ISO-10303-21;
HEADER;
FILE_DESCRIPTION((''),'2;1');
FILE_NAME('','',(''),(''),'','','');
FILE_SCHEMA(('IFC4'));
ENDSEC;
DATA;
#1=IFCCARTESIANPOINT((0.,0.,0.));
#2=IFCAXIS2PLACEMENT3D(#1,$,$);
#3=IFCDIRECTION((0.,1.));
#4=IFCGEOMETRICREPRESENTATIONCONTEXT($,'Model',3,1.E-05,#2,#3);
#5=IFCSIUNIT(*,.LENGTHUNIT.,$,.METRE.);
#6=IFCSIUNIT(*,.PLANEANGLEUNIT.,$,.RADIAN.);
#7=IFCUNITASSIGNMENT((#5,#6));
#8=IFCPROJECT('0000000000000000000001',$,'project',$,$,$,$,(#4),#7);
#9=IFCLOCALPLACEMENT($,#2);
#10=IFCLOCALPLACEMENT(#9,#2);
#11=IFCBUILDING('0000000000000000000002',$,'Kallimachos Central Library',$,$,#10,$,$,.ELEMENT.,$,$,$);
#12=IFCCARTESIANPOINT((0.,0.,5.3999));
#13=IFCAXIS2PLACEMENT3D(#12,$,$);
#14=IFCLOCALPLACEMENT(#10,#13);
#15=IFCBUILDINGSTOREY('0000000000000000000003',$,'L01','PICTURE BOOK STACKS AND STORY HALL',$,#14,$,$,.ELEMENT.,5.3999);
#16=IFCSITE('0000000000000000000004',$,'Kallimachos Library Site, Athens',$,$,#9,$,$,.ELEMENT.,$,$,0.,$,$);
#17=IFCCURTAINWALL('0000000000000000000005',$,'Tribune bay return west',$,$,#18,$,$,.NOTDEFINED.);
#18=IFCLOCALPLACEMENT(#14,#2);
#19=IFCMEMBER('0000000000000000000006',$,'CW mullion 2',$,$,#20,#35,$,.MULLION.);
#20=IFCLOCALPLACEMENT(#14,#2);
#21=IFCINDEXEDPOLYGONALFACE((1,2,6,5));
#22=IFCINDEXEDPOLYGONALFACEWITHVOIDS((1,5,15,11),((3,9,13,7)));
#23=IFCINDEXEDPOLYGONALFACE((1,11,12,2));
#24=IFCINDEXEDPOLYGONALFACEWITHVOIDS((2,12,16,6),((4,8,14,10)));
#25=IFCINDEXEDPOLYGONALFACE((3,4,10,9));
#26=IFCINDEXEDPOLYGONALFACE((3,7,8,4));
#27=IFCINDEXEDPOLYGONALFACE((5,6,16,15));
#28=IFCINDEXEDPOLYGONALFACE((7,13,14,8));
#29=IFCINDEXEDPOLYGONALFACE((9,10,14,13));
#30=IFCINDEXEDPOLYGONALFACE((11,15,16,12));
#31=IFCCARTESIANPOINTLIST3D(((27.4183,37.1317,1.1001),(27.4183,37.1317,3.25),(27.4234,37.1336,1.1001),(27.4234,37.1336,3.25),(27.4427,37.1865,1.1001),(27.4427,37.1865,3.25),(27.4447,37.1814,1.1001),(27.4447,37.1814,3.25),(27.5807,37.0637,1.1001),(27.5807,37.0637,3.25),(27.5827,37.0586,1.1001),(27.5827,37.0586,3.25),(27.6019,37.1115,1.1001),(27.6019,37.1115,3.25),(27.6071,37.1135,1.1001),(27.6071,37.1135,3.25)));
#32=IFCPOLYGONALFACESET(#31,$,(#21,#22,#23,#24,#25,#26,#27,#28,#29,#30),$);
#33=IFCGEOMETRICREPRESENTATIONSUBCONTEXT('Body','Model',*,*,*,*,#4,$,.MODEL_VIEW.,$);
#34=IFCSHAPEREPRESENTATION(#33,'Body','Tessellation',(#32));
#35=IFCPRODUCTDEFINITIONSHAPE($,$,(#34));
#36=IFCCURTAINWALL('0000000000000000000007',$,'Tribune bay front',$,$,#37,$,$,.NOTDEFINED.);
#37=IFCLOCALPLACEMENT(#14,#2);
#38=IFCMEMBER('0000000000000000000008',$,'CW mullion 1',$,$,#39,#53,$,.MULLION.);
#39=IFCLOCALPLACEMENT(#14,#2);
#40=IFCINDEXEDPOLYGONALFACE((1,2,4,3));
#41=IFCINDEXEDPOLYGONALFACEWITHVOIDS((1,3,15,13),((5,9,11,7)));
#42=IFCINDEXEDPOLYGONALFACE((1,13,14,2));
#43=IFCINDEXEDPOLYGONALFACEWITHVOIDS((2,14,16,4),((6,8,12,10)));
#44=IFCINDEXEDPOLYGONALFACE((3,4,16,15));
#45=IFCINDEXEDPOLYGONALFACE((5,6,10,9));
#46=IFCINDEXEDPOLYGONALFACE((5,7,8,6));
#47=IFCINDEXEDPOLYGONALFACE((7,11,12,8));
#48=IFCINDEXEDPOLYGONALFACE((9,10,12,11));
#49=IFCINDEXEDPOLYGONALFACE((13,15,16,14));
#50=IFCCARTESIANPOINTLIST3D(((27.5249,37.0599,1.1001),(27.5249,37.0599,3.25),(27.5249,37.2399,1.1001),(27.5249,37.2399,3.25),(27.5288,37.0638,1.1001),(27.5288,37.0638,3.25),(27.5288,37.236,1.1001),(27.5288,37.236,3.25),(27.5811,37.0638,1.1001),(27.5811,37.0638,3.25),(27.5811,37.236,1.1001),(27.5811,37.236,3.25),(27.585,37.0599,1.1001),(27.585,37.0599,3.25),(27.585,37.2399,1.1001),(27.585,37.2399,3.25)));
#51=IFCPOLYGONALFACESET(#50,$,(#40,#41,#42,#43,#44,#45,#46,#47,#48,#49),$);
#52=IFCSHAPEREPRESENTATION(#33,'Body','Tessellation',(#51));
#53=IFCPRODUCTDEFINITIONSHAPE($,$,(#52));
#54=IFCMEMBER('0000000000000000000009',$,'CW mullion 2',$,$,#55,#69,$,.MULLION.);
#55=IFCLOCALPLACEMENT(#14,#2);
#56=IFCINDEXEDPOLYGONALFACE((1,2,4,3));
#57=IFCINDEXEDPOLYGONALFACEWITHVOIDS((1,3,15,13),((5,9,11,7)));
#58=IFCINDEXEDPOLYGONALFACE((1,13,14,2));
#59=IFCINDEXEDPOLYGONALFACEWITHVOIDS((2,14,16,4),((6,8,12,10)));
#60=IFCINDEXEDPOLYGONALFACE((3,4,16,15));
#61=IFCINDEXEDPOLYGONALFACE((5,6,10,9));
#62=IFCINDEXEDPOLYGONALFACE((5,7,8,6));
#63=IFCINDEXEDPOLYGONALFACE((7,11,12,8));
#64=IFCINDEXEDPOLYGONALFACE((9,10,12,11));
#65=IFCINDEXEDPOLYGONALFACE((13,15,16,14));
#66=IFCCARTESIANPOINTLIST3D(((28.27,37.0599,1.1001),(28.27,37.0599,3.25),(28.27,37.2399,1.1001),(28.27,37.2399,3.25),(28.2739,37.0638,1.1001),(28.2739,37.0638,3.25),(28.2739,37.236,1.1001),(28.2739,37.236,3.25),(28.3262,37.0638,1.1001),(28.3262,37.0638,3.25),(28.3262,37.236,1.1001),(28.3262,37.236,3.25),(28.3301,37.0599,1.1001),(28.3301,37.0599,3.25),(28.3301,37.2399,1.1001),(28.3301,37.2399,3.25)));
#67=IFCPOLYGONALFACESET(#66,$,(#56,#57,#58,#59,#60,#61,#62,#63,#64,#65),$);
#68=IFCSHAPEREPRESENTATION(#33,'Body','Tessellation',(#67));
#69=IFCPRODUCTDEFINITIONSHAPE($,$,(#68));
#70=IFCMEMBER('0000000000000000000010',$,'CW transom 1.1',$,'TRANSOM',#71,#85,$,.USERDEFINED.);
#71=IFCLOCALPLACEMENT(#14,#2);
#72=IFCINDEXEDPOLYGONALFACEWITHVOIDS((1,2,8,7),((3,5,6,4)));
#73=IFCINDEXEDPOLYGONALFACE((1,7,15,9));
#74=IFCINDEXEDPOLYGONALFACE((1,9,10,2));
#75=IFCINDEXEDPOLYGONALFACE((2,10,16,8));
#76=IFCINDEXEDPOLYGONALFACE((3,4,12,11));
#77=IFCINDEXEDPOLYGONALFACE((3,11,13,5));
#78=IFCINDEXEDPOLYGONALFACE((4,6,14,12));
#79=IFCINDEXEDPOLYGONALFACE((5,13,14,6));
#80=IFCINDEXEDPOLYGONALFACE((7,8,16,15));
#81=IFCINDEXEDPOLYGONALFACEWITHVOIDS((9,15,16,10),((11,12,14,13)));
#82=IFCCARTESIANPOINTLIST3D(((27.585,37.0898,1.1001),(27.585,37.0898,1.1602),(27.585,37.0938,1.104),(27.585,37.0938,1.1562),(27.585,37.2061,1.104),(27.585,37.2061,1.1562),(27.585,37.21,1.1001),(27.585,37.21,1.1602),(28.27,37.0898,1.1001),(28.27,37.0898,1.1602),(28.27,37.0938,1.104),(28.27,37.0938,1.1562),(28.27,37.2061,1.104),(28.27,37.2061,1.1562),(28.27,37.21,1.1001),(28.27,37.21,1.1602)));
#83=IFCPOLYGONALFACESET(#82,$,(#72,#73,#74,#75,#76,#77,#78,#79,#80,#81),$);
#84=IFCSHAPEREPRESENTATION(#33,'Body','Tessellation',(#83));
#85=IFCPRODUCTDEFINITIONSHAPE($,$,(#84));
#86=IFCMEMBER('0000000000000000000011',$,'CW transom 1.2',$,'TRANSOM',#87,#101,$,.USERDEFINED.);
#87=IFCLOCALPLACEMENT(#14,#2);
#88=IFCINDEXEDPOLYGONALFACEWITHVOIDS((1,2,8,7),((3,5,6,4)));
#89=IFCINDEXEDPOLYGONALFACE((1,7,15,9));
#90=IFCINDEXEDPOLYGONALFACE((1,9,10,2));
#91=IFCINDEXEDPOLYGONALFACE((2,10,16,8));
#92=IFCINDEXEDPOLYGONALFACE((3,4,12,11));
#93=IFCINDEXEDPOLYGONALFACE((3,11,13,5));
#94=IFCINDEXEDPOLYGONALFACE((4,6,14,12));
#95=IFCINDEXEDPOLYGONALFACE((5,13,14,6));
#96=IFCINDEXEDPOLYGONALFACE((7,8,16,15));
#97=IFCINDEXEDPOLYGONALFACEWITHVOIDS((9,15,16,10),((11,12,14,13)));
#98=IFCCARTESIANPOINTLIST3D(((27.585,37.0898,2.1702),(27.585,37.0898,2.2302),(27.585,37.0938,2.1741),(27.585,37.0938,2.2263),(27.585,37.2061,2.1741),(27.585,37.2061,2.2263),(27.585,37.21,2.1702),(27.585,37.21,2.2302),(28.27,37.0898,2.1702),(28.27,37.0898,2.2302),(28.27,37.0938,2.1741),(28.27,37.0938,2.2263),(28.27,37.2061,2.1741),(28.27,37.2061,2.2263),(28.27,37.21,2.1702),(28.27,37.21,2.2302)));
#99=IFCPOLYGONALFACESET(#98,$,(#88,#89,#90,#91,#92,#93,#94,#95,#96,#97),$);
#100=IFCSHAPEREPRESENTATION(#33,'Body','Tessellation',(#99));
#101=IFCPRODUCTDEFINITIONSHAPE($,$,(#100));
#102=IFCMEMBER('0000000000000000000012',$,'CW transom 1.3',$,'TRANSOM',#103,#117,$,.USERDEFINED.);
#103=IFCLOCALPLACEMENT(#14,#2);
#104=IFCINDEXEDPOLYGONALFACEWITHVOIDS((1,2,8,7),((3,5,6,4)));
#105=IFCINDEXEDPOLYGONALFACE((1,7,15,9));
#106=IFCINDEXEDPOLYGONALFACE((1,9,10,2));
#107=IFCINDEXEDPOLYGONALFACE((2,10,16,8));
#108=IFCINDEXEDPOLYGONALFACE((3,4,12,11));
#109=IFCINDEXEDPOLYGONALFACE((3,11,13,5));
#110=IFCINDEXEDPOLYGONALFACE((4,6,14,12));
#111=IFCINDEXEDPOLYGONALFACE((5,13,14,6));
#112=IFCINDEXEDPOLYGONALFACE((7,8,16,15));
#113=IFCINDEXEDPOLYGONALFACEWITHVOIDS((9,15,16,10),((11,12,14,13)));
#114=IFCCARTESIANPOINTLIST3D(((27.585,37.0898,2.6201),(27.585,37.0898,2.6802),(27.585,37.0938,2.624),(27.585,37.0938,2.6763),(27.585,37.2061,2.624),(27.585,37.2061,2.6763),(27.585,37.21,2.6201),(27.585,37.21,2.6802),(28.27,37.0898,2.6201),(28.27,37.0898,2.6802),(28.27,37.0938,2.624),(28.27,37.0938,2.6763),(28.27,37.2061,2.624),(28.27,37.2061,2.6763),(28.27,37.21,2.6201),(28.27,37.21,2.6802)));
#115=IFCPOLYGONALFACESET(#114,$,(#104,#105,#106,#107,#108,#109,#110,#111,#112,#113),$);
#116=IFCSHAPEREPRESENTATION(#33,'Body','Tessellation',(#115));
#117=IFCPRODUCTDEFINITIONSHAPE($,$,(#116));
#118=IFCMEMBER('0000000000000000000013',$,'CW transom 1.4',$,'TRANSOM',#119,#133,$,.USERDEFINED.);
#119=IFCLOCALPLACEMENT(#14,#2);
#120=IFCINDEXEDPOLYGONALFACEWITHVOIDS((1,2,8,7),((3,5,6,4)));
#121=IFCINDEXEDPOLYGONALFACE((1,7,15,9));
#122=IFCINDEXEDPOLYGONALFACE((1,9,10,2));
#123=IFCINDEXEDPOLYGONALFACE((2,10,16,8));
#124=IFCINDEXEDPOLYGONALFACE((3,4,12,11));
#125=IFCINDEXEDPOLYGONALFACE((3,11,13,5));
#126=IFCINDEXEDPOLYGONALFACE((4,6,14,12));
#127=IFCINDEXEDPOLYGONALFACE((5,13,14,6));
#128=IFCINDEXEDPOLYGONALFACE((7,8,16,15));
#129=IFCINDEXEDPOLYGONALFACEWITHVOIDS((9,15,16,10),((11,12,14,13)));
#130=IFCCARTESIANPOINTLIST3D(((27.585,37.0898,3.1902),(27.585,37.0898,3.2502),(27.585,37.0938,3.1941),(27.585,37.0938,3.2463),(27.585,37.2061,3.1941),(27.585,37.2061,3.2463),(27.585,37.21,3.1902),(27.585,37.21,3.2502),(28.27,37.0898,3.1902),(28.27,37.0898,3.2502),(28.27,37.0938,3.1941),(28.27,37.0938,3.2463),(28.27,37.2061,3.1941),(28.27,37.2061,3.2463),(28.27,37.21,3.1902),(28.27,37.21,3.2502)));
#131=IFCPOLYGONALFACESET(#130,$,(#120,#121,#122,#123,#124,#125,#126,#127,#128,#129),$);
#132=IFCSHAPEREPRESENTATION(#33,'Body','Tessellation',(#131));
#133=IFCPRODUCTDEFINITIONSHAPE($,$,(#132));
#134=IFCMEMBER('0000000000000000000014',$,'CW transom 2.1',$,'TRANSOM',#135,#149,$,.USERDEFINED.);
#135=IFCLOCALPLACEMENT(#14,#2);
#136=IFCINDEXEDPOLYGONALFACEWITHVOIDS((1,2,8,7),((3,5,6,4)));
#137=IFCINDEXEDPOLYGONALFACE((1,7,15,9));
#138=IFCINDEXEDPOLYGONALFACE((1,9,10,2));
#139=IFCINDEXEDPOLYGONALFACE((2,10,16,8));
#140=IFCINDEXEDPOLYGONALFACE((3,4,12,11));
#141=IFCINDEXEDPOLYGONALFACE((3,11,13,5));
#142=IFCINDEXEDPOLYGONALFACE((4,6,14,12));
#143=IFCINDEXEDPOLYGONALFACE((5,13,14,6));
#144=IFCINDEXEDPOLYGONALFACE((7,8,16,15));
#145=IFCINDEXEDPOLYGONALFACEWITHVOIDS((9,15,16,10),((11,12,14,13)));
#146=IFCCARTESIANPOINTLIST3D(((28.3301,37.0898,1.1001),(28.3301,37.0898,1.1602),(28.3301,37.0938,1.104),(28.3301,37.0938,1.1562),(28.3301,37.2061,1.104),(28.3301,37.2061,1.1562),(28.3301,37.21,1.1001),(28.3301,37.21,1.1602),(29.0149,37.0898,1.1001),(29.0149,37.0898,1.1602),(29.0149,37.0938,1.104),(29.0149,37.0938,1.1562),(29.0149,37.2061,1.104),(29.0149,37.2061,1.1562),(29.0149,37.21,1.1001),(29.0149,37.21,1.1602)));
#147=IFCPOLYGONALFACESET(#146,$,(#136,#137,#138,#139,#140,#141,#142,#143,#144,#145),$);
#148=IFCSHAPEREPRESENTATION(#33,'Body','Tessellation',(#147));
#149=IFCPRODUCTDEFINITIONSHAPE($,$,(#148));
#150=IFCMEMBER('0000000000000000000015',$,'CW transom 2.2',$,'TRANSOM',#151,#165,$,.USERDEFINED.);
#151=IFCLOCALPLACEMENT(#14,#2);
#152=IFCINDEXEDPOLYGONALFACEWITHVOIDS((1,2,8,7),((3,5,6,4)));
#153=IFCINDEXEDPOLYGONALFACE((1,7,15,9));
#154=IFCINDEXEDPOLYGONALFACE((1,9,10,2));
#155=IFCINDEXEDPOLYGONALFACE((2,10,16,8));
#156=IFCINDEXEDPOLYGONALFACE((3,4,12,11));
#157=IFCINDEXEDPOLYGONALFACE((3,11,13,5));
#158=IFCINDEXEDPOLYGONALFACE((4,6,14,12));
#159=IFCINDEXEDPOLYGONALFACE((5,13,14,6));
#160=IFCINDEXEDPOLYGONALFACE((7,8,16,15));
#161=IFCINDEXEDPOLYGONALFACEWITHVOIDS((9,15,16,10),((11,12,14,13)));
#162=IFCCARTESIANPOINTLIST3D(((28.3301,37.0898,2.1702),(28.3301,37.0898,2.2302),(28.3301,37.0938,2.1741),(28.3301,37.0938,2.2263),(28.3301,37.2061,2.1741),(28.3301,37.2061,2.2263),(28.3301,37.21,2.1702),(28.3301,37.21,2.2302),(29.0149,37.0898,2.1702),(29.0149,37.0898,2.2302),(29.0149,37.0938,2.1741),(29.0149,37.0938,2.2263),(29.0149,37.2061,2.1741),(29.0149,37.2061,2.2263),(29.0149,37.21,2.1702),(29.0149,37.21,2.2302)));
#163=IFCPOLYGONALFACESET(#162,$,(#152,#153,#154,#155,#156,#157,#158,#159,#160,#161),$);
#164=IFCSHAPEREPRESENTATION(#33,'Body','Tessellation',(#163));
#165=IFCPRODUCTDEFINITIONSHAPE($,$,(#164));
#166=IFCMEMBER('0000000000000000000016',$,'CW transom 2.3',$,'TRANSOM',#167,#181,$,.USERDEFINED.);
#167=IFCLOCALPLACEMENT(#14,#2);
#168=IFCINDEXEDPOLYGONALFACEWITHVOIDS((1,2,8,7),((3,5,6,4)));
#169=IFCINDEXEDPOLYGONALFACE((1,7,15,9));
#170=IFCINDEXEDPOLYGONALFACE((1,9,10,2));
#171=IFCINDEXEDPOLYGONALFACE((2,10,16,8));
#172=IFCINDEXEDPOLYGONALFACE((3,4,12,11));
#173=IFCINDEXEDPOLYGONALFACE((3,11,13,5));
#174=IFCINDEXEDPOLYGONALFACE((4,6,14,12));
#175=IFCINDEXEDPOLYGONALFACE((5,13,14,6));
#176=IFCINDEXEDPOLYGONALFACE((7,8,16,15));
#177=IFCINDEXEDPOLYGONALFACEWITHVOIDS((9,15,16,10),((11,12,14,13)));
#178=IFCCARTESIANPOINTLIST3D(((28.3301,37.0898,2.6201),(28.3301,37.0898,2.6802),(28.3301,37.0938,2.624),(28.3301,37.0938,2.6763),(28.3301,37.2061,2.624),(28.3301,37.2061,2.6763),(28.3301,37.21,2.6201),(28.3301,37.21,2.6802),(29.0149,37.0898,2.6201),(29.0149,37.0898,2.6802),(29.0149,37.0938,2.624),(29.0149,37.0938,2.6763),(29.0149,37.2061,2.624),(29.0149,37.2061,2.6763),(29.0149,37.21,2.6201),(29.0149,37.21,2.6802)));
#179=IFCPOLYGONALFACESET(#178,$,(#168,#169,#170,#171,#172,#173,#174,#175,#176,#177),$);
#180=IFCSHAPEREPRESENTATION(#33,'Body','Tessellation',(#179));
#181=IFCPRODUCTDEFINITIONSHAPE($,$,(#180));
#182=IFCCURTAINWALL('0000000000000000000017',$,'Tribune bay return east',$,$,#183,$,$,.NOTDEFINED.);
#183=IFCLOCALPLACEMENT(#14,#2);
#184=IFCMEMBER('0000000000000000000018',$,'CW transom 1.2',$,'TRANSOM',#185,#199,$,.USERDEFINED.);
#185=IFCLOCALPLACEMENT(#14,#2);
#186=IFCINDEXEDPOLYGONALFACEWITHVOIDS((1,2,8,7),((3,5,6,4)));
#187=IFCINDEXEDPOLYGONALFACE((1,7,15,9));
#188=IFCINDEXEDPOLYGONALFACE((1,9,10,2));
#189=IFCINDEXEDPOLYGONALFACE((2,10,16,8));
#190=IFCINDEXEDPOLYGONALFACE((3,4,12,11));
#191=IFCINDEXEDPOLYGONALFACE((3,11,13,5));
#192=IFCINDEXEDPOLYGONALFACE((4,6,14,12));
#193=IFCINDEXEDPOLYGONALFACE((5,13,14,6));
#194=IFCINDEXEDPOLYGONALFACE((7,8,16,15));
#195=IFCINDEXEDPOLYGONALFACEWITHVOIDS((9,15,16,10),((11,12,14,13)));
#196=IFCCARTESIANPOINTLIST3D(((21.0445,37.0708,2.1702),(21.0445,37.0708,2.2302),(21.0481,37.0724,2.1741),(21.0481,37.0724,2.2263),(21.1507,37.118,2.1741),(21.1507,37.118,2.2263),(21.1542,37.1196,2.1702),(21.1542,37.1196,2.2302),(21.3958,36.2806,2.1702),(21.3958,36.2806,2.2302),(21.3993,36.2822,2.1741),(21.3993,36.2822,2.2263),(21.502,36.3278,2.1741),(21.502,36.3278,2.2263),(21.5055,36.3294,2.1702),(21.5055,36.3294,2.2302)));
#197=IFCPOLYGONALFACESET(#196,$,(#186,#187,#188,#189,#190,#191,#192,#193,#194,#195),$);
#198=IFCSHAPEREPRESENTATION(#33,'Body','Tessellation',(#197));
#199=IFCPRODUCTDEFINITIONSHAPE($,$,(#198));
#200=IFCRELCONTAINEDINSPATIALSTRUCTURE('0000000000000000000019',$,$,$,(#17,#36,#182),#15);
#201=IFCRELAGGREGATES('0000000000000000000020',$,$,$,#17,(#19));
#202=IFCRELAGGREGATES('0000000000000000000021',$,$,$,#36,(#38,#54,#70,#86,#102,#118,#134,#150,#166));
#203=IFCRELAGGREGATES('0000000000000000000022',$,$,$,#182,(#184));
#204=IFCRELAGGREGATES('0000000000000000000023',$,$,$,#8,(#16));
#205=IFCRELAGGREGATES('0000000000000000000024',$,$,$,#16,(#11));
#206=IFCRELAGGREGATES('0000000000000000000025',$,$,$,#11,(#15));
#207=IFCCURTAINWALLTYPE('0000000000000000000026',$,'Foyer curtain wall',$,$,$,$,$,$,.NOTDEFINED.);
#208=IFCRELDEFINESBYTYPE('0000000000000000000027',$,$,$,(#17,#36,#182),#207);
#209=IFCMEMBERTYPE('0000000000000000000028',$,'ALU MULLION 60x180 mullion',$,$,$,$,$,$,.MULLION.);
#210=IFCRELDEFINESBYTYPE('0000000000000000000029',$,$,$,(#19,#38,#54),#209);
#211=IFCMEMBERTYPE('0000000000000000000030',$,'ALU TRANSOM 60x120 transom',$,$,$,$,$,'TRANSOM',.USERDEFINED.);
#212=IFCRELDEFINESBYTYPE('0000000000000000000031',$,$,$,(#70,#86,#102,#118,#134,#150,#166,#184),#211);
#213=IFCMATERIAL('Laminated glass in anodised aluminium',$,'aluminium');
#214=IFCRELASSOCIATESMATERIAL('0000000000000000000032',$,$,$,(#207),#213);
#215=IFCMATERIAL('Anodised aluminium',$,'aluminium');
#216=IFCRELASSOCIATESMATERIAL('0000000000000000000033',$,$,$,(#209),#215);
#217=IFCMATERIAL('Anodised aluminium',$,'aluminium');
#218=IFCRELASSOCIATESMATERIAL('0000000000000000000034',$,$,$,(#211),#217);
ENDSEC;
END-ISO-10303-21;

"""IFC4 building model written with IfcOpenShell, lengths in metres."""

from ifc_helpers import new_model, si_unit, direction, frame, origin, origin_2d, place, context, subcontext, project, spatial, hollow_rectangle, extrude, material, material_profile, profile_set, type_object, element, aggregate, save


model = new_model("IFC4")

# Units and contexts
model_context = context("Model", 3, precision=1e-05, world=origin(), true_north=direction((0.0, 1.0)))
body_context = subcontext(model_context, "Body", "Model", "MODEL_VIEW")
ifc_project = project(units=[si_unit("LENGTHUNIT", "METRE"), si_unit("PLANEANGLEUNIT", "RADIAN")], contexts=[model_context])

# Site, building, storey
site_placement = place(None, origin())
site = spatial("IfcSite", under=ifc_project, at=site_placement, Name="Kallimachos Library Site, Athens", CompositionType="ELEMENT", RefElevation=0.0)
building_placement = place(site_placement, origin())
building = spatial("IfcBuilding", under=site, at=building_placement, Name="Kallimachos Central Library", CompositionType="ELEMENT")
storey_placement = place(building_placement, frame((0.0, 0.0, 5.3999)))
storey = spatial("IfcBuildingStorey", under=building, at=storey_placement, Name="L01", Description="PICTURE BOOK STACKS AND STORY HALL", CompositionType="ELEMENT", Elevation=5.3999)

# Curtain wall, member
ifc_material_1 = material(Name="Laminated glass in anodised aluminium", Category="aluminium")
curtain_wall_type = type_object("IfcCurtainWallType", Name="Foyer curtain wall", PredefinedType="NOTDEFINED", material=ifc_material_1)
curtain_wall_1_placement = place(storey_placement, origin())
curtain_wall_1 = element("IfcCurtainWall", 1, at=curtain_wall_1_placement, inside=storey, type_object=curtain_wall_type, Name="Tribune bay return west", PredefinedType="NOTDEFINED")
ifc_material_2 = material(Name="Anodised aluminium", Category="aluminium")
ifc_material_profile_1 = material_profile(ifc_material_2, hollow_rectangle(XDim=0.0601, YDim=0.1799, WallThickness=0.0039, at=origin_2d()), Name="ALU MULLION 60x180")
ifc_profile_set_1 = profile_set([ifc_material_profile_1], Name="Anodised aluminium")
member_type_1 = type_object("IfcMemberType", Name="ALU MULLION 60x180 mullion", PredefinedType="MULLION", material=ifc_profile_set_1)
member_1_placement = place(storey_placement, frame((27.5127, 37.1226, 1.1001), z_axis=(0.0, 0.0, 1.0), x_axis=(0.406138, 0.913812, 0.0)))
member_1 = element("IfcMember", 2, at=member_1_placement, type_object=member_type_1, Name="CW mullion 2", PredefinedType="MULLION", context=body_context, shape_type="SweptSolid", body=[
    extrude(hollow_rectangle(XDim=0.0601, YDim=0.1799, WallThickness=0.0039, at=origin_2d()), origin(), (0.0, 0.0, 1.0), 2.1499),
])

# Curtain walls, members
curtain_wall_2_placement = place(storey_placement, origin())
curtain_wall_2 = element("IfcCurtainWall", 3, at=curtain_wall_2_placement, inside=storey, type_object=curtain_wall_type, Name="Tribune bay front", PredefinedType="NOTDEFINED")
member_2_placement = place(storey_placement, frame((27.5549, 37.1499, 1.1001), z_axis=(0.0, 0.0, 1.0), x_axis=(1.0, 0.0, 0.0)))
member_2 = element("IfcMember", 4, at=member_2_placement, type_object=member_type_1, Name="CW mullion 1", PredefinedType="MULLION", context=body_context, shape_type="SweptSolid", body=[
    extrude(hollow_rectangle(XDim=0.0601, YDim=0.1799, WallThickness=0.0039, at=origin_2d()), origin(), (0.0, 0.0, 1.0), 2.1499),
])
member_3_placement = place(storey_placement, frame((28.3, 37.1499, 1.1001), z_axis=(0.0, 0.0, 1.0), x_axis=(1.0, 0.0, 0.0)))
member_3 = element("IfcMember", 5, at=member_3_placement, type_object=member_type_1, Name="CW mullion 2", PredefinedType="MULLION", context=body_context, shape_type="SweptSolid", body=[
    extrude(hollow_rectangle(XDim=0.0601, YDim=0.1799, WallThickness=0.0039, at=origin_2d()), origin(), (0.0, 0.0, 1.0), 2.1499),
])
ifc_material_3 = material(Name="Anodised aluminium", Category="aluminium")
ifc_material_profile_2 = material_profile(ifc_material_3, hollow_rectangle(XDim=0.0601, YDim=0.1201, WallThickness=0.0039, at=origin_2d()), Name="ALU TRANSOM 60x120")
ifc_profile_set_2 = profile_set([ifc_material_profile_2], Name="Anodised aluminium")
member_type_2 = type_object("IfcMemberType", Name="ALU TRANSOM 60x120 transom", ElementType="TRANSOM", PredefinedType="USERDEFINED", material=ifc_profile_set_2)
member_4_placement = place(storey_placement, frame((27.585, 37.1499, 1.1301), z_axis=(1.0, 0.0, 0.0), x_axis=(0.0, 0.0, 1.0)))
member_4 = element("IfcMember", 6, at=member_4_placement, type_object=member_type_2, Name="CW transom 1.1", ObjectType="TRANSOM", PredefinedType="USERDEFINED", context=body_context, shape_type="SweptSolid", body=[
    extrude(hollow_rectangle(XDim=0.0601, YDim=0.1201, WallThickness=0.0039, at=origin_2d()), origin(), (0.0, 0.0, 1.0), 0.6851),
])
member_5_placement = place(storey_placement, frame((27.585, 37.1499, 2.2002), z_axis=(1.0, 0.0, 0.0), x_axis=(0.0, 0.0, 1.0)))
member_5 = element("IfcMember", 7, at=member_5_placement, type_object=member_type_2, Name="CW transom 1.2", ObjectType="TRANSOM", PredefinedType="USERDEFINED", context=body_context, shape_type="SweptSolid", body=[
    extrude(hollow_rectangle(XDim=0.0601, YDim=0.1201, WallThickness=0.0039, at=origin_2d()), origin(), (0.0, 0.0, 1.0), 0.6851),
])
member_6_placement = place(storey_placement, frame((27.585, 37.1499, 2.6501), z_axis=(1.0, 0.0, 0.0), x_axis=(0.0, 0.0, 1.0)))
member_6 = element("IfcMember", 8, at=member_6_placement, type_object=member_type_2, Name="CW transom 1.3", ObjectType="TRANSOM", PredefinedType="USERDEFINED", context=body_context, shape_type="SweptSolid", body=[
    extrude(hollow_rectangle(XDim=0.0601, YDim=0.1201, WallThickness=0.0039, at=origin_2d()), origin(), (0.0, 0.0, 1.0), 0.6851),
])
member_7_placement = place(storey_placement, frame((27.585, 37.1499, 3.2202), z_axis=(1.0, 0.0, 0.0), x_axis=(0.0, 0.0, 1.0)))
member_7 = element("IfcMember", 9, at=member_7_placement, type_object=member_type_2, Name="CW transom 1.4", ObjectType="TRANSOM", PredefinedType="USERDEFINED", context=body_context, shape_type="SweptSolid", body=[
    extrude(hollow_rectangle(XDim=0.0601, YDim=0.1201, WallThickness=0.0039, at=origin_2d()), origin(), (0.0, 0.0, 1.0), 0.6851),
])
member_8_placement = place(storey_placement, frame((28.3301, 37.1499, 1.1301), z_axis=(1.0, 0.0, 0.0), x_axis=(0.0, 0.0, 1.0)))
member_8 = element("IfcMember", 10, at=member_8_placement, type_object=member_type_2, Name="CW transom 2.1", ObjectType="TRANSOM", PredefinedType="USERDEFINED", context=body_context, shape_type="SweptSolid", body=[
    extrude(hollow_rectangle(XDim=0.0601, YDim=0.1201, WallThickness=0.0039, at=origin_2d()), origin(), (0.0, 0.0, 1.0), 0.6848),
])
member_9_placement = place(storey_placement, frame((28.3301, 37.1499, 2.2002), z_axis=(1.0, 0.0, 0.0), x_axis=(0.0, 0.0, 1.0)))
member_9 = element("IfcMember", 11, at=member_9_placement, type_object=member_type_2, Name="CW transom 2.2", ObjectType="TRANSOM", PredefinedType="USERDEFINED", context=body_context, shape_type="SweptSolid", body=[
    extrude(hollow_rectangle(XDim=0.0601, YDim=0.1201, WallThickness=0.0039, at=origin_2d()), origin(), (0.0, 0.0, 1.0), 0.6848),
])
member_10_placement = place(storey_placement, frame((28.3301, 37.1499, 2.6501), z_axis=(1.0, 0.0, 0.0), x_axis=(0.0, 0.0, 1.0)))
member_10 = element("IfcMember", 12, at=member_10_placement, type_object=member_type_2, Name="CW transom 2.3", ObjectType="TRANSOM", PredefinedType="USERDEFINED", context=body_context, shape_type="SweptSolid", body=[
    extrude(hollow_rectangle(XDim=0.0601, YDim=0.1201, WallThickness=0.0039, at=origin_2d()), origin(), (0.0, 0.0, 1.0), 0.6848),
])
curtain_wall_3_placement = place(storey_placement, origin())
curtain_wall_3 = element("IfcCurtainWall", 13, at=curtain_wall_3_placement, inside=storey, type_object=curtain_wall_type, Name="Tribune bay return east", PredefinedType="NOTDEFINED")
member_11_placement = place(storey_placement, frame((21.0994, 37.0952, 2.2002), z_axis=(0.406217, -0.913777, 0.0), x_axis=(0.0, 0.0, 1.0)))
member_11 = element("IfcMember", 14, at=member_11_placement, type_object=member_type_2, Name="CW transom 1.2", ObjectType="TRANSOM", PredefinedType="USERDEFINED", context=body_context, shape_type="SweptSolid", body=[
    extrude(hollow_rectangle(XDim=0.0601, YDim=0.1201, WallThickness=0.0039, at=origin_2d()), origin(), (0.0, 0.0, 1.0), 0.8647),
])

aggregate(curtain_wall_1, [member_1])
aggregate(curtain_wall_2, [member_2, member_3, member_4, member_5, member_6, member_7, member_8, member_9, member_10])
aggregate(curtain_wall_3, [member_11])

save(model, "model.ifc")
